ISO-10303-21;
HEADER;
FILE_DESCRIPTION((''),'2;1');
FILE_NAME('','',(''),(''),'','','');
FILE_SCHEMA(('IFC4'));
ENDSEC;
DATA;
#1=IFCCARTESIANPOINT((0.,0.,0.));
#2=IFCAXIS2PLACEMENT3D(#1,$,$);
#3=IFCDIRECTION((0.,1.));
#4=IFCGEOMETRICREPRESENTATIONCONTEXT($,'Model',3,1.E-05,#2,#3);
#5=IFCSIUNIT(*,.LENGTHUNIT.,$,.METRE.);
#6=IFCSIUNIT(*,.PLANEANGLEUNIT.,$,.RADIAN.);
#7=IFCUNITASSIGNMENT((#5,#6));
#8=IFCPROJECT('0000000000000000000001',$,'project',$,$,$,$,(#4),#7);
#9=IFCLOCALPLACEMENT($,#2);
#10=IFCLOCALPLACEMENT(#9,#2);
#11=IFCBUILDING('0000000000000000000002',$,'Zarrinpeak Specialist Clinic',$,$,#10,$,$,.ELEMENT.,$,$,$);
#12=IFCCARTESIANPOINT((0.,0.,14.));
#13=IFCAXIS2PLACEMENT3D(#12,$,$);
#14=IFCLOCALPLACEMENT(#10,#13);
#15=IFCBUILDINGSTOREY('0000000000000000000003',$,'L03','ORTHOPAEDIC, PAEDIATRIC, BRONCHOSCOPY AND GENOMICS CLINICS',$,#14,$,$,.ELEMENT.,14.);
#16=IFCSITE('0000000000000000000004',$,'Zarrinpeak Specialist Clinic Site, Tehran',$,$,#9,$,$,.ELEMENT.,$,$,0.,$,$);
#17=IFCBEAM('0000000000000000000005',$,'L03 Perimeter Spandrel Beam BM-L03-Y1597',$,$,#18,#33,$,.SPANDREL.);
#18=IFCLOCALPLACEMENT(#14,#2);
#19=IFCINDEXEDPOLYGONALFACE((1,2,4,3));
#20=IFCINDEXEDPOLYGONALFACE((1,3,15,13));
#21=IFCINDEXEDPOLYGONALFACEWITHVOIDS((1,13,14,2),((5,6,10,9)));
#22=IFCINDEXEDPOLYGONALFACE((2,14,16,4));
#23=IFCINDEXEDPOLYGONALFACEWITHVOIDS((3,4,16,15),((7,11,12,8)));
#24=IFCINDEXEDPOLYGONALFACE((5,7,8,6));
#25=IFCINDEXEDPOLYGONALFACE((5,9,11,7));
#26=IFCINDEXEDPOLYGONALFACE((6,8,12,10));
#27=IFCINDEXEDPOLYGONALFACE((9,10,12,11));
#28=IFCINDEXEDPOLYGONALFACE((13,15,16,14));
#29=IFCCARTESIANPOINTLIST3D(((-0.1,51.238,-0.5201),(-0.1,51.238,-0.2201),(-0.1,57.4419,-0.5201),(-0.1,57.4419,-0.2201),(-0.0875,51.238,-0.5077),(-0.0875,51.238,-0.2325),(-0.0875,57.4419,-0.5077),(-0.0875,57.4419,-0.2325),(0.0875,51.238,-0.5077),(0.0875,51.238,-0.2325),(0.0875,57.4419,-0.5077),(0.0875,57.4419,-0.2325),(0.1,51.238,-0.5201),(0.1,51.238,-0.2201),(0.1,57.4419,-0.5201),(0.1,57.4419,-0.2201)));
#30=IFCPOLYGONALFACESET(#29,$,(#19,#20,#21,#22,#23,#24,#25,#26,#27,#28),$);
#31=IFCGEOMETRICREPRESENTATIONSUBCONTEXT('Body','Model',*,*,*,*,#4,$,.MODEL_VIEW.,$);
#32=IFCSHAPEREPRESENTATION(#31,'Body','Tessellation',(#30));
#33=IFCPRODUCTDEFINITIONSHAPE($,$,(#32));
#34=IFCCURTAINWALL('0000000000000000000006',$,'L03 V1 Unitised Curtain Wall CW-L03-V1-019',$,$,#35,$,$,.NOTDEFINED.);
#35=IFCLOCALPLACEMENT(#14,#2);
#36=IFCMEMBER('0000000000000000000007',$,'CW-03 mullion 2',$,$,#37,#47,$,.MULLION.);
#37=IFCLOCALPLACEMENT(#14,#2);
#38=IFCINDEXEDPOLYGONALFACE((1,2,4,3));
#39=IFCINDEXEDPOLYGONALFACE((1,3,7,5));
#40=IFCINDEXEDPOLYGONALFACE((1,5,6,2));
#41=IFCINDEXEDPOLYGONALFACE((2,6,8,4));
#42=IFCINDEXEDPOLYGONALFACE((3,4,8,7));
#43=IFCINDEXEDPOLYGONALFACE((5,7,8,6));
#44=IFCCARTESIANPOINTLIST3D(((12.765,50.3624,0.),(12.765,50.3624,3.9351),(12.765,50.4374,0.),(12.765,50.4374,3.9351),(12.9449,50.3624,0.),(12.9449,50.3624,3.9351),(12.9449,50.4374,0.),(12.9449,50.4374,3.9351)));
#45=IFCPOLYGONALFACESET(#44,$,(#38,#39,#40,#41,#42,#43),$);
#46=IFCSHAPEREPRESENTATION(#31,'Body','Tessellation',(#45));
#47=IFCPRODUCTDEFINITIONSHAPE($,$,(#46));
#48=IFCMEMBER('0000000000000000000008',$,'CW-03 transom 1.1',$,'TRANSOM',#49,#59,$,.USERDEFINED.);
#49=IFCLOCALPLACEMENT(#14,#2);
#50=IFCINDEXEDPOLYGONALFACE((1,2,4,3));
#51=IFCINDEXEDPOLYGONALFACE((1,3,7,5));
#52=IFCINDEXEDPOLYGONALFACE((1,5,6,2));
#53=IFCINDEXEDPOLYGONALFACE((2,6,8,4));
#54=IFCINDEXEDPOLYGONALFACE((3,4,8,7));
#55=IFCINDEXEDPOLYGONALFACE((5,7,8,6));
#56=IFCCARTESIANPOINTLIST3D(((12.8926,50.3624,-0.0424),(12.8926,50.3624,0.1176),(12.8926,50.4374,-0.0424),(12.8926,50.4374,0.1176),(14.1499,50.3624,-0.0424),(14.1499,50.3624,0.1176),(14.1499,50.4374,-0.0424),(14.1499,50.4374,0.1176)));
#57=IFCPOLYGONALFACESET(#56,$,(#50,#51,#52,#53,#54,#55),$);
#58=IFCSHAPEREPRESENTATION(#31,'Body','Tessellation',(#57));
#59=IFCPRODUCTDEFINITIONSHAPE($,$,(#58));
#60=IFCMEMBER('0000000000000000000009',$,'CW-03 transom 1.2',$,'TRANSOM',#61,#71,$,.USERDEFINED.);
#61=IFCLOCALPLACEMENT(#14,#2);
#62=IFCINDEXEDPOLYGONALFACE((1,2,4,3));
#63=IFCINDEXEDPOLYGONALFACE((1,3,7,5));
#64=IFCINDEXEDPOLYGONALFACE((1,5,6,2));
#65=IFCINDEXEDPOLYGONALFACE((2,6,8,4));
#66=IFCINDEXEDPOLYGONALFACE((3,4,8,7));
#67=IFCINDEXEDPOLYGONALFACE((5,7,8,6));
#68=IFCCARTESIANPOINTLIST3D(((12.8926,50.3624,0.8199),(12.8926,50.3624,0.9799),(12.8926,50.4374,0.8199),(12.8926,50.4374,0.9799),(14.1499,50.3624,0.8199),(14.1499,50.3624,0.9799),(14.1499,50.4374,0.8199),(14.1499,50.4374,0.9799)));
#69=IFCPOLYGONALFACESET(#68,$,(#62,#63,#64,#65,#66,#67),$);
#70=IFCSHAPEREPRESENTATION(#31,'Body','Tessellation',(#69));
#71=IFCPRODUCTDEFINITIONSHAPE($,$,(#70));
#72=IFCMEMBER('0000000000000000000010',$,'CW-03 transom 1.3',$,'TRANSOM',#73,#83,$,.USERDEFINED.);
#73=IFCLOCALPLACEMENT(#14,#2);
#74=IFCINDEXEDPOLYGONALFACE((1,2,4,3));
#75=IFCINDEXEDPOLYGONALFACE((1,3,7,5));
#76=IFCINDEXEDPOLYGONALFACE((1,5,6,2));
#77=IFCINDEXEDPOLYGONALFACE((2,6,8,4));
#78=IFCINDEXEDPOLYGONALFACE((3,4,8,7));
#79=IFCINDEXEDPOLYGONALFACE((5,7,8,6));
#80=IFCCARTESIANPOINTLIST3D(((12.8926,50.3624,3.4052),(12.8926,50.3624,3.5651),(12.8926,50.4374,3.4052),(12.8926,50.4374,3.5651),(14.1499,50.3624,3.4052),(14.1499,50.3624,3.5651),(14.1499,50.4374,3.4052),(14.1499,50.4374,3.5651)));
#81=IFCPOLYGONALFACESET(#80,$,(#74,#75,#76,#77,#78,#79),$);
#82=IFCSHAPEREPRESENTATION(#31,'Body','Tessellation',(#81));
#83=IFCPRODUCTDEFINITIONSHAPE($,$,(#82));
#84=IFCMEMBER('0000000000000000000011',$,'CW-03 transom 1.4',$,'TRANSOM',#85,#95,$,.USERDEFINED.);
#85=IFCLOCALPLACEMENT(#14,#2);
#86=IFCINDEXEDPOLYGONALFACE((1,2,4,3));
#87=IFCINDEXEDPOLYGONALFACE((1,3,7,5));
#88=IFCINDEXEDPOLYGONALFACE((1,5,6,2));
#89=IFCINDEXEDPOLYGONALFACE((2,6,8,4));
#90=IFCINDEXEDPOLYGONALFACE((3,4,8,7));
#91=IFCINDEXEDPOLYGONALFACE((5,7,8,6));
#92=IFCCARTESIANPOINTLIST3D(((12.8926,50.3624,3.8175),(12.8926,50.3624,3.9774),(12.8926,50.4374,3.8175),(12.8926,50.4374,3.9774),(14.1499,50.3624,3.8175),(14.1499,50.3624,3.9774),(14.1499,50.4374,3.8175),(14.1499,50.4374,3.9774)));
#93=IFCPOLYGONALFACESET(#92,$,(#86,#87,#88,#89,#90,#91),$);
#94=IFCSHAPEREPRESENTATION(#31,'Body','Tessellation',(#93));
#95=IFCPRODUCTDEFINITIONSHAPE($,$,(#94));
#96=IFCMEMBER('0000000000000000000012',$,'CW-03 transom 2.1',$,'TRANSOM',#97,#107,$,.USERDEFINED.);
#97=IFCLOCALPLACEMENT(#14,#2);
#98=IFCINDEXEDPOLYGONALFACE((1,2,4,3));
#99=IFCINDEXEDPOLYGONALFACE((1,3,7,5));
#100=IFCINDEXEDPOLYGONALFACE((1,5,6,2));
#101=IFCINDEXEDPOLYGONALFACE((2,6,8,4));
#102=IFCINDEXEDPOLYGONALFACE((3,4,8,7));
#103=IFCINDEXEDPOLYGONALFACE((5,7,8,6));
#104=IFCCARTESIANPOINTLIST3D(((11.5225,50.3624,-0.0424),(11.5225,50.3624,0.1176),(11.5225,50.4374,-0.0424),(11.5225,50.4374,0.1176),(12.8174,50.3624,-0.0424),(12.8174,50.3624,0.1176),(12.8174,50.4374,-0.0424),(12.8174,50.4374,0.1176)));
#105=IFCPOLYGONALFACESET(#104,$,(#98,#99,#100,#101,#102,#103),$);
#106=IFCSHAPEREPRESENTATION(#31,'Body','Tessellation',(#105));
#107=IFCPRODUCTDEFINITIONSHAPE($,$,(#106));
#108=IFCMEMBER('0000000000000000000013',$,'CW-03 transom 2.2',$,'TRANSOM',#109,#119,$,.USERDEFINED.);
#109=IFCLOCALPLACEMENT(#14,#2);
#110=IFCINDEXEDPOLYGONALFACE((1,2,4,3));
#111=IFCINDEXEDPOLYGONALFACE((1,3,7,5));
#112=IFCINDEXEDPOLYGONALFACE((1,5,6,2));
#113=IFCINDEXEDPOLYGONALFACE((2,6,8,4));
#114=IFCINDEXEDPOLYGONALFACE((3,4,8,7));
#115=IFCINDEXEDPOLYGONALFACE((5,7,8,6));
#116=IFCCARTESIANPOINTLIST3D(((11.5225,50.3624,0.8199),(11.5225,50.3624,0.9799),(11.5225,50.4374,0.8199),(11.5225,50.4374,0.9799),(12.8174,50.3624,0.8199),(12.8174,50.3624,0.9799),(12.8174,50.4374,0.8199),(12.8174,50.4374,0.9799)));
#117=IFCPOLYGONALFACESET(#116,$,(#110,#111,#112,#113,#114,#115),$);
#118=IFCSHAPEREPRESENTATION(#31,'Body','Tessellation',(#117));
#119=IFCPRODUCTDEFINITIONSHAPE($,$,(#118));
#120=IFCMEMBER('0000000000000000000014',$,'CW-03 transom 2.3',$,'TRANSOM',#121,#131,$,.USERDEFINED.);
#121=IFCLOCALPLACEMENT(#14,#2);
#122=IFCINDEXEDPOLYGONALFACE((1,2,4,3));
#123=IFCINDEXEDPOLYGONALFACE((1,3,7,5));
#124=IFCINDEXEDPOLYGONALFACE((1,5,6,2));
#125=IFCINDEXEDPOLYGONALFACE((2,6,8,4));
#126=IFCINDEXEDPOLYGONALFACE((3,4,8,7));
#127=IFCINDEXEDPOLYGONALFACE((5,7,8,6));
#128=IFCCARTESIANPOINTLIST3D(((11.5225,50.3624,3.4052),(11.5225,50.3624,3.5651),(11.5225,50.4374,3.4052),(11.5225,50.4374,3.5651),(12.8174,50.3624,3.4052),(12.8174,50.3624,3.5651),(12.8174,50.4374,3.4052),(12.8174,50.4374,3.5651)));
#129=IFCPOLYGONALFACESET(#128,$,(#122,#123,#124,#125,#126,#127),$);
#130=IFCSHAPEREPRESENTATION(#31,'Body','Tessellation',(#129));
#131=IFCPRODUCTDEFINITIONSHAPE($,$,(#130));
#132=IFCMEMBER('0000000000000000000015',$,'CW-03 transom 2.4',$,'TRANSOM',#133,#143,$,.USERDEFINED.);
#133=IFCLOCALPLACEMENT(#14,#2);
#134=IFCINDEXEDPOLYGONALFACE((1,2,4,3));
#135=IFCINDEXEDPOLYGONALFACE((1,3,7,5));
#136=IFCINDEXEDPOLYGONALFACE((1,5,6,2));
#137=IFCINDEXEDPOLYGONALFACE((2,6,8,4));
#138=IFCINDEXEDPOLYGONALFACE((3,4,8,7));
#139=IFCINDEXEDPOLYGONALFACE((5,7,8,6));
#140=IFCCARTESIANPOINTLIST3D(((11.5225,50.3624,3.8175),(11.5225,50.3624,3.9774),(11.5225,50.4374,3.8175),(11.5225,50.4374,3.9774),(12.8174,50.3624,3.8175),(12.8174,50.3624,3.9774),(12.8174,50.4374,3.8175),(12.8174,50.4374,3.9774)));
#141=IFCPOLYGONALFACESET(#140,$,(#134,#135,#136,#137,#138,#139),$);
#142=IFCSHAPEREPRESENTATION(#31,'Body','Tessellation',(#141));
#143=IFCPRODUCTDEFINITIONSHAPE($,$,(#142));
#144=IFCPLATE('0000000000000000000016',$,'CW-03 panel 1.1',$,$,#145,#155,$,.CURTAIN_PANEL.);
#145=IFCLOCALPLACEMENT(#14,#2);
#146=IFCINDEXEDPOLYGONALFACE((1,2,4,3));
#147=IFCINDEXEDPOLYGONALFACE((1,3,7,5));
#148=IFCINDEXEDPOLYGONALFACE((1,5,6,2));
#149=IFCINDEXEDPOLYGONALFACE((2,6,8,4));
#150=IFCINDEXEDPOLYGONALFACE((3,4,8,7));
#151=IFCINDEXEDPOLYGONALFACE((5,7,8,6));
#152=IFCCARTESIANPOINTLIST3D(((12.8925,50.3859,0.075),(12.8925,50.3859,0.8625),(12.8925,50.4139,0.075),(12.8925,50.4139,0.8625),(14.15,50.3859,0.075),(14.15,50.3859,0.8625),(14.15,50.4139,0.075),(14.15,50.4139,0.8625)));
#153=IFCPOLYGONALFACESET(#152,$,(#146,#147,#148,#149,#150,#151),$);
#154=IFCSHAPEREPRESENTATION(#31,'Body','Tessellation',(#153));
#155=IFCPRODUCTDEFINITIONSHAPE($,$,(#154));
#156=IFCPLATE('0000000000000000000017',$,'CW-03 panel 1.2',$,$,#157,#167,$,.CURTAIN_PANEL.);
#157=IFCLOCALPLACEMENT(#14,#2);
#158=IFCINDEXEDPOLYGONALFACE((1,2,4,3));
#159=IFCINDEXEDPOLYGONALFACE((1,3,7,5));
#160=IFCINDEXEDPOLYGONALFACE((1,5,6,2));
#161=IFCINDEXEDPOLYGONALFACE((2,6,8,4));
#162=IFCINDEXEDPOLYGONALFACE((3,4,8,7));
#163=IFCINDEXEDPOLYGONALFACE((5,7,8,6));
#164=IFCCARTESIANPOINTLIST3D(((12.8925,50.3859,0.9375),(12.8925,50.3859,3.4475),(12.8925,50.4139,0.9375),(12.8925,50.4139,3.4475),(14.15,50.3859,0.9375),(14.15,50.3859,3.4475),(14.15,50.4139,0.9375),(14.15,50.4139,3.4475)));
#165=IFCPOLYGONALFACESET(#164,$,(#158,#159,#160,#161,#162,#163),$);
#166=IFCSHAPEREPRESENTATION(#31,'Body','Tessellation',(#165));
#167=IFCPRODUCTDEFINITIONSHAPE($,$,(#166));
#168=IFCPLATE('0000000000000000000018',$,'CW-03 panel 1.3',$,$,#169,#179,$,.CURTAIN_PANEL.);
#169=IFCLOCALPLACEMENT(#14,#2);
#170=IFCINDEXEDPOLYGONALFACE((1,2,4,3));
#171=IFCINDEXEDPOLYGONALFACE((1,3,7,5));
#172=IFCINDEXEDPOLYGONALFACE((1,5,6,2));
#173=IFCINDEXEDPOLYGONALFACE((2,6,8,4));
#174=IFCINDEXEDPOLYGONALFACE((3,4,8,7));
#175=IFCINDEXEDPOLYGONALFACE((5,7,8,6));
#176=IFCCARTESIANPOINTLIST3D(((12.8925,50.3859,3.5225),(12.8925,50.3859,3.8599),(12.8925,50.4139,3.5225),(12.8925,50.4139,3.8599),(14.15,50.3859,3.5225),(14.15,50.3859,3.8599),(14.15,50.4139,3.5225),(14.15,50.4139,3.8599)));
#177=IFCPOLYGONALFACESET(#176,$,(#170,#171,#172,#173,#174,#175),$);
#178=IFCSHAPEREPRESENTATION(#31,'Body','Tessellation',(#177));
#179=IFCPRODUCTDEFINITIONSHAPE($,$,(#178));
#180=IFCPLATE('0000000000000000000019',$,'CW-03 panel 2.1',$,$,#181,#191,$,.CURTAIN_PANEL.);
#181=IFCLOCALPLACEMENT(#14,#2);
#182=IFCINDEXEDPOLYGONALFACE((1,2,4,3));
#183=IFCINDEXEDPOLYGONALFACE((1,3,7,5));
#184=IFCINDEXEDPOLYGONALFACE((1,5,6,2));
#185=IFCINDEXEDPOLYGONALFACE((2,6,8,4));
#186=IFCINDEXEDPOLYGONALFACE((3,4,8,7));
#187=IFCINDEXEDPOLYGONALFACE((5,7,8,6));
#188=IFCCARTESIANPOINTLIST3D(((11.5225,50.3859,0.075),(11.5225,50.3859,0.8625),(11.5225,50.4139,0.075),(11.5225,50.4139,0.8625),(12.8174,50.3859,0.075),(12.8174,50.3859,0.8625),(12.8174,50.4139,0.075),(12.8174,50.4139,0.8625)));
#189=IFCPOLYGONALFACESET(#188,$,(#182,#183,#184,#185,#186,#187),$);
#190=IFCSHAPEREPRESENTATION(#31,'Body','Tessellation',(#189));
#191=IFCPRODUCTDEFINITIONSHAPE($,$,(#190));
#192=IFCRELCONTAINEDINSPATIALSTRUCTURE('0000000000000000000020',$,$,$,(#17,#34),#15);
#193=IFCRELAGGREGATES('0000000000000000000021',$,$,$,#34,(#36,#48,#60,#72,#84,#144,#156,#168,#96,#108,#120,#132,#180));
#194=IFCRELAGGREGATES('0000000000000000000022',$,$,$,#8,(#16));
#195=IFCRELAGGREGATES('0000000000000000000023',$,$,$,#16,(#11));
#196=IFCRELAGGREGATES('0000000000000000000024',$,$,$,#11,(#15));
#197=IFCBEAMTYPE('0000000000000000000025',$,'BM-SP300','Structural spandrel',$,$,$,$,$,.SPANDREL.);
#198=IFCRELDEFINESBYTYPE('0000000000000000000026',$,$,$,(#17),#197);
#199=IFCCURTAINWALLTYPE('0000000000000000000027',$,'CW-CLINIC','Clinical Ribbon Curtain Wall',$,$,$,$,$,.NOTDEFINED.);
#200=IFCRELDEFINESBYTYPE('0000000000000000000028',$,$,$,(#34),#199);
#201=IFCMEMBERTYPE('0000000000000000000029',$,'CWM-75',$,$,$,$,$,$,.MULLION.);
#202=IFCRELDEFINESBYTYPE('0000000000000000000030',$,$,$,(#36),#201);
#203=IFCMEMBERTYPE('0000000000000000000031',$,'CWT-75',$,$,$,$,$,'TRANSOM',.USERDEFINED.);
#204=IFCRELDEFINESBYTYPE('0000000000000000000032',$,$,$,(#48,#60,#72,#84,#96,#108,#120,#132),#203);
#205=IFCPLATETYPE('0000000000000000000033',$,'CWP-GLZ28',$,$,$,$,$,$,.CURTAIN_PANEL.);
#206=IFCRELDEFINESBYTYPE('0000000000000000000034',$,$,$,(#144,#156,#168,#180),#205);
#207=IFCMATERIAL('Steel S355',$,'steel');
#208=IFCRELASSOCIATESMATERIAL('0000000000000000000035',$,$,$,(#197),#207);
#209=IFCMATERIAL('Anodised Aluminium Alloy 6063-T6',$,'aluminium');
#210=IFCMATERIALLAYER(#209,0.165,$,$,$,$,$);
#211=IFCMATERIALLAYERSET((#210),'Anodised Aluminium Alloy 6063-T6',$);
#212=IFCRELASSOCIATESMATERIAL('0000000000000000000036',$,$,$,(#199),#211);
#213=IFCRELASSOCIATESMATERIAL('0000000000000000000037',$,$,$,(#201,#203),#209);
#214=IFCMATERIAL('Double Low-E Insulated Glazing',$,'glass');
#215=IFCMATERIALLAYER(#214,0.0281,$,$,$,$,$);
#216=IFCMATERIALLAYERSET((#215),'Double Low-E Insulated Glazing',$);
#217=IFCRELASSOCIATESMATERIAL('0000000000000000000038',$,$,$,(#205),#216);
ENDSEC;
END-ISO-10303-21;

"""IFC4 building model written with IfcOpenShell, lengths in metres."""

from ifc_helpers import new_model, si_unit, direction, frame, origin, origin_2d, place, context, subcontext, project, spatial, rectangle, hollow_rectangle, extrude, material, layer, layer_set, material_profile, profile_set, type_object, element, aggregate, save


model = new_model("IFC4")

# Units and contexts
model_context = context("Model", 3, precision=1e-05, world=origin(), true_north=direction((0.0, 1.0)))
body_context = subcontext(model_context, "Body", "Model", "MODEL_VIEW")
ifc_project = project(units=[si_unit("LENGTHUNIT", "METRE"), si_unit("PLANEANGLEUNIT", "RADIAN")], contexts=[model_context])

# Site, building, storey
site_placement = place(None, origin())
site = spatial("IfcSite", under=ifc_project, at=site_placement, Name="Zarrinpeak Specialist Clinic Site, Tehran", CompositionType="ELEMENT", RefElevation=0.0)
building_placement = place(site_placement, origin())
building = spatial("IfcBuilding", under=site, at=building_placement, Name="Zarrinpeak Specialist Clinic", CompositionType="ELEMENT")
storey_placement = place(building_placement, frame((0.0, 0.0, 14.0)))
storey = spatial("IfcBuildingStorey", under=building, at=storey_placement, Name="L03", Description="ORTHOPAEDIC, PAEDIATRIC, BRONCHOSCOPY AND GENOMICS CLINICS", CompositionType="ELEMENT", Elevation=14.0)

# Shared definitions
ifc_material_1 = material(Name="Steel S355", Category="steel")

# Beam
ifc_material_profile_1 = material_profile(ifc_material_1, hollow_rectangle(XDim=0.2, YDim=0.3, WallThickness=0.0125, at=origin_2d()), Name="RHS 300x200x12.5")
ifc_profile_set_1 = profile_set([ifc_material_profile_1], Name="Steel S355")
beam_type_1 = type_object("IfcBeamType", Name="BM-SP300", Description="Structural spandrel", PredefinedType="SPANDREL", material=ifc_profile_set_1)
beam_1_placement = place(storey_placement, frame((0.0, 51.238, -0.3701), z_axis=(0.0, 1.0, 0.0), x_axis=(-1.0, 0.0, 0.0)))
element("IfcBeam", 1, at=beam_1_placement, inside=storey, type_object=beam_type_1, Name="L03 Perimeter Spandrel Beam BM-L03-Y1597", PredefinedType="SPANDREL", context=body_context, shape_type="SweptSolid", body=[
    extrude(hollow_rectangle(XDim=0.2, YDim=0.3, WallThickness=0.0125, at=origin_2d()), origin(), (0.0, 0.0, 1.0), 6.2039),
])

# Curtain wall, members, plates
ifc_material_2 = material(Name="Anodised Aluminium Alloy 6063-T6", Category="aluminium")
ifc_layer_1 = layer(ifc_material_2, 0.165)
ifc_layer_set_1 = layer_set([ifc_layer_1], Name="Anodised Aluminium Alloy 6063-T6")
curtain_wall_type = type_object("IfcCurtainWallType", Name="CW-CLINIC", Description="Clinical Ribbon Curtain Wall", PredefinedType="NOTDEFINED", material=ifc_layer_set_1)
curtain_wall_placement = place(storey_placement, origin())
curtain_wall = element("IfcCurtainWall", 2, at=curtain_wall_placement, inside=storey, type_object=curtain_wall_type, Name="L03 V1 Unitised Curtain Wall CW-L03-V1-019", PredefinedType="NOTDEFINED")
ifc_material_profile_2 = material_profile(ifc_material_2, rectangle(XDim=0.075, YDim=0.1799, at=origin_2d()), Name="ALU 75x180")
ifc_profile_set_2 = profile_set([ifc_material_profile_2], Name="Anodised Aluminium Alloy 6063-T6")
member_type_1 = type_object("IfcMemberType", Name="CWM-75", PredefinedType="MULLION", material=ifc_profile_set_2)
member_1_placement = place(storey_placement, frame((12.855, 50.3999, 0.0), z_axis=(0.0, 0.0, 1.0), x_axis=(0.0, -1.0, 0.0)))
member_1 = element("IfcMember", 3, at=member_1_placement, type_object=member_type_1, Name="CW-03 mullion 2", PredefinedType="MULLION", context=body_context, shape_type="SweptSolid", body=[
    extrude(rectangle(XDim=0.075, YDim=0.1799, at=origin_2d()), origin(), (0.0, 0.0, 1.0), 3.9351),
])
ifc_material_profile_3 = material_profile(ifc_material_2, rectangle(XDim=0.075, YDim=0.1599, at=origin_2d()), Name="ALU 75x160")
ifc_profile_set_3 = profile_set([ifc_material_profile_3], Name="Anodised Aluminium Alloy 6063-T6")
member_type_2 = type_object("IfcMemberType", Name="CWT-75", ElementType="TRANSOM", PredefinedType="USERDEFINED", material=ifc_profile_set_3)
member_2_placement = place(storey_placement, frame((14.1499, 50.3999, 0.0376), z_axis=(-1.0, 0.0, 0.0), x_axis=(0.0, -1.0, 0.0)))
member_2 = element("IfcMember", 4, at=member_2_placement, type_object=member_type_2, Name="CW-03 transom 1.1", ObjectType="TRANSOM", PredefinedType="USERDEFINED", context=body_context, shape_type="SweptSolid", body=[
    extrude(rectangle(XDim=0.075, YDim=0.1599, at=origin_2d()), origin(), (0.0, 0.0, 1.0), 1.2573),
])
member_3_placement = place(storey_placement, frame((14.1499, 50.3999, 0.8999), z_axis=(-1.0, 0.0, 0.0), x_axis=(0.0, -1.0, 0.0)))
member_3 = element("IfcMember", 5, at=member_3_placement, type_object=member_type_2, Name="CW-03 transom 1.2", ObjectType="TRANSOM", PredefinedType="USERDEFINED", context=body_context, shape_type="SweptSolid", body=[
    extrude(rectangle(XDim=0.075, YDim=0.1599, at=origin_2d()), origin(), (0.0, 0.0, 1.0), 1.2573),
])
member_4_placement = place(storey_placement, frame((14.1499, 50.3999, 3.4851), z_axis=(-1.0, 0.0, 0.0), x_axis=(0.0, -1.0, 0.0)))
member_4 = element("IfcMember", 6, at=member_4_placement, type_object=member_type_2, Name="CW-03 transom 1.3", ObjectType="TRANSOM", PredefinedType="USERDEFINED", context=body_context, shape_type="SweptSolid", body=[
    extrude(rectangle(XDim=0.075, YDim=0.1599, at=origin_2d()), origin(), (0.0, 0.0, 1.0), 1.2573),
])
member_5_placement = place(storey_placement, frame((14.1499, 50.3999, 3.8975), z_axis=(-1.0, 0.0, 0.0), x_axis=(0.0, -1.0, 0.0)))
member_5 = element("IfcMember", 7, at=member_5_placement, type_object=member_type_2, Name="CW-03 transom 1.4", ObjectType="TRANSOM", PredefinedType="USERDEFINED", context=body_context, shape_type="SweptSolid", body=[
    extrude(rectangle(XDim=0.075, YDim=0.1599, at=origin_2d()), origin(), (0.0, 0.0, 1.0), 1.2573),
])
member_6_placement = place(storey_placement, frame((12.8174, 50.3999, 0.0376), z_axis=(-1.0, 0.0, 0.0), x_axis=(0.0, -1.0, 0.0)))
member_6 = element("IfcMember", 8, at=member_6_placement, type_object=member_type_2, Name="CW-03 transom 2.1", ObjectType="TRANSOM", PredefinedType="USERDEFINED", context=body_context, shape_type="SweptSolid", body=[
    extrude(rectangle(XDim=0.075, YDim=0.1599, at=origin_2d()), origin(), (0.0, 0.0, 1.0), 1.2949),
])
member_7_placement = place(storey_placement, frame((12.8174, 50.3999, 0.8999), z_axis=(-1.0, 0.0, 0.0), x_axis=(0.0, -1.0, 0.0)))
member_7 = element("IfcMember", 9, at=member_7_placement, type_object=member_type_2, Name="CW-03 transom 2.2", ObjectType="TRANSOM", PredefinedType="USERDEFINED", context=body_context, shape_type="SweptSolid", body=[
    extrude(rectangle(XDim=0.075, YDim=0.1599, at=origin_2d()), origin(), (0.0, 0.0, 1.0), 1.2949),
])
member_8_placement = place(storey_placement, frame((12.8174, 50.3999, 3.4851), z_axis=(-1.0, 0.0, 0.0), x_axis=(0.0, -1.0, 0.0)))
member_8 = element("IfcMember", 10, at=member_8_placement, type_object=member_type_2, Name="CW-03 transom 2.3", ObjectType="TRANSOM", PredefinedType="USERDEFINED", context=body_context, shape_type="SweptSolid", body=[
    extrude(rectangle(XDim=0.075, YDim=0.1599, at=origin_2d()), origin(), (0.0, 0.0, 1.0), 1.2949),
])
member_9_placement = place(storey_placement, frame((12.8174, 50.3999, 3.8975), z_axis=(-1.0, 0.0, 0.0), x_axis=(0.0, -1.0, 0.0)))
member_9 = element("IfcMember", 11, at=member_9_placement, type_object=member_type_2, Name="CW-03 transom 2.4", ObjectType="TRANSOM", PredefinedType="USERDEFINED", context=body_context, shape_type="SweptSolid", body=[
    extrude(rectangle(XDim=0.075, YDim=0.1599, at=origin_2d()), origin(), (0.0, 0.0, 1.0), 1.2949),
])
ifc_material_3 = material(Name="Double Low-E Insulated Glazing", Category="glass")
ifc_layer_2 = layer(ifc_material_3, 0.0281)
ifc_layer_set_2 = layer_set([ifc_layer_2], Name="Double Low-E Insulated Glazing")
plate_type = type_object("IfcPlateType", Name="CWP-GLZ28", PredefinedType="CURTAIN_PANEL", material=ifc_layer_set_2)
plate_1_placement = place(storey_placement, frame((13.5212, 50.3999, 0.075), z_axis=(0.0, 0.0, 1.0), x_axis=(-1.0, 0.0, 0.0)))
plate_1 = element("IfcPlate", 12, at=plate_1_placement, type_object=plate_type, Name="CW-03 panel 1.1", PredefinedType="CURTAIN_PANEL", context=body_context, shape_type="SweptSolid", body=[
    extrude(rectangle(XDim=1.2576, YDim=0.0281, at=origin_2d()), origin(), (0.0, 0.0, 1.0), 0.7876),
])
plate_2_placement = place(storey_placement, frame((13.5212, 50.3999, 0.9375), z_axis=(0.0, 0.0, 1.0), x_axis=(-1.0, 0.0, 0.0)))
plate_2 = element("IfcPlate", 13, at=plate_2_placement, type_object=plate_type, Name="CW-03 panel 1.2", PredefinedType="CURTAIN_PANEL", context=body_context, shape_type="SweptSolid", body=[
    extrude(rectangle(XDim=1.2576, YDim=0.0281, at=origin_2d()), origin(), (0.0, 0.0, 1.0), 2.51),
])
plate_3_placement = place(storey_placement, frame((13.5212, 50.3999, 3.5225), z_axis=(0.0, 0.0, 1.0), x_axis=(-1.0, 0.0, 0.0)))
plate_3 = element("IfcPlate", 14, at=plate_3_placement, type_object=plate_type, Name="CW-03 panel 1.3", PredefinedType="CURTAIN_PANEL", context=body_context, shape_type="SweptSolid", body=[
    extrude(rectangle(XDim=1.2576, YDim=0.0281, at=origin_2d()), origin(), (0.0, 0.0, 1.0), 0.3374),
])
plate_4_placement = place(storey_placement, frame((12.1699, 50.3999, 0.075), z_axis=(0.0, 0.0, 1.0), x_axis=(-1.0, 0.0, 0.0)))
plate_4 = element("IfcPlate", 15, at=plate_4_placement, type_object=plate_type, Name="CW-03 panel 2.1", PredefinedType="CURTAIN_PANEL", context=body_context, shape_type="SweptSolid", body=[
    extrude(rectangle(XDim=1.2949, YDim=0.0281, at=origin_2d()), origin(), (0.0, 0.0, 1.0), 0.7876),
])
aggregate(curtain_wall, [member_1, member_2, member_3, member_4, member_5, plate_1, plate_2, plate_3, member_6, member_7, member_8, member_9, plate_4])

save(model, "model.ifc")
